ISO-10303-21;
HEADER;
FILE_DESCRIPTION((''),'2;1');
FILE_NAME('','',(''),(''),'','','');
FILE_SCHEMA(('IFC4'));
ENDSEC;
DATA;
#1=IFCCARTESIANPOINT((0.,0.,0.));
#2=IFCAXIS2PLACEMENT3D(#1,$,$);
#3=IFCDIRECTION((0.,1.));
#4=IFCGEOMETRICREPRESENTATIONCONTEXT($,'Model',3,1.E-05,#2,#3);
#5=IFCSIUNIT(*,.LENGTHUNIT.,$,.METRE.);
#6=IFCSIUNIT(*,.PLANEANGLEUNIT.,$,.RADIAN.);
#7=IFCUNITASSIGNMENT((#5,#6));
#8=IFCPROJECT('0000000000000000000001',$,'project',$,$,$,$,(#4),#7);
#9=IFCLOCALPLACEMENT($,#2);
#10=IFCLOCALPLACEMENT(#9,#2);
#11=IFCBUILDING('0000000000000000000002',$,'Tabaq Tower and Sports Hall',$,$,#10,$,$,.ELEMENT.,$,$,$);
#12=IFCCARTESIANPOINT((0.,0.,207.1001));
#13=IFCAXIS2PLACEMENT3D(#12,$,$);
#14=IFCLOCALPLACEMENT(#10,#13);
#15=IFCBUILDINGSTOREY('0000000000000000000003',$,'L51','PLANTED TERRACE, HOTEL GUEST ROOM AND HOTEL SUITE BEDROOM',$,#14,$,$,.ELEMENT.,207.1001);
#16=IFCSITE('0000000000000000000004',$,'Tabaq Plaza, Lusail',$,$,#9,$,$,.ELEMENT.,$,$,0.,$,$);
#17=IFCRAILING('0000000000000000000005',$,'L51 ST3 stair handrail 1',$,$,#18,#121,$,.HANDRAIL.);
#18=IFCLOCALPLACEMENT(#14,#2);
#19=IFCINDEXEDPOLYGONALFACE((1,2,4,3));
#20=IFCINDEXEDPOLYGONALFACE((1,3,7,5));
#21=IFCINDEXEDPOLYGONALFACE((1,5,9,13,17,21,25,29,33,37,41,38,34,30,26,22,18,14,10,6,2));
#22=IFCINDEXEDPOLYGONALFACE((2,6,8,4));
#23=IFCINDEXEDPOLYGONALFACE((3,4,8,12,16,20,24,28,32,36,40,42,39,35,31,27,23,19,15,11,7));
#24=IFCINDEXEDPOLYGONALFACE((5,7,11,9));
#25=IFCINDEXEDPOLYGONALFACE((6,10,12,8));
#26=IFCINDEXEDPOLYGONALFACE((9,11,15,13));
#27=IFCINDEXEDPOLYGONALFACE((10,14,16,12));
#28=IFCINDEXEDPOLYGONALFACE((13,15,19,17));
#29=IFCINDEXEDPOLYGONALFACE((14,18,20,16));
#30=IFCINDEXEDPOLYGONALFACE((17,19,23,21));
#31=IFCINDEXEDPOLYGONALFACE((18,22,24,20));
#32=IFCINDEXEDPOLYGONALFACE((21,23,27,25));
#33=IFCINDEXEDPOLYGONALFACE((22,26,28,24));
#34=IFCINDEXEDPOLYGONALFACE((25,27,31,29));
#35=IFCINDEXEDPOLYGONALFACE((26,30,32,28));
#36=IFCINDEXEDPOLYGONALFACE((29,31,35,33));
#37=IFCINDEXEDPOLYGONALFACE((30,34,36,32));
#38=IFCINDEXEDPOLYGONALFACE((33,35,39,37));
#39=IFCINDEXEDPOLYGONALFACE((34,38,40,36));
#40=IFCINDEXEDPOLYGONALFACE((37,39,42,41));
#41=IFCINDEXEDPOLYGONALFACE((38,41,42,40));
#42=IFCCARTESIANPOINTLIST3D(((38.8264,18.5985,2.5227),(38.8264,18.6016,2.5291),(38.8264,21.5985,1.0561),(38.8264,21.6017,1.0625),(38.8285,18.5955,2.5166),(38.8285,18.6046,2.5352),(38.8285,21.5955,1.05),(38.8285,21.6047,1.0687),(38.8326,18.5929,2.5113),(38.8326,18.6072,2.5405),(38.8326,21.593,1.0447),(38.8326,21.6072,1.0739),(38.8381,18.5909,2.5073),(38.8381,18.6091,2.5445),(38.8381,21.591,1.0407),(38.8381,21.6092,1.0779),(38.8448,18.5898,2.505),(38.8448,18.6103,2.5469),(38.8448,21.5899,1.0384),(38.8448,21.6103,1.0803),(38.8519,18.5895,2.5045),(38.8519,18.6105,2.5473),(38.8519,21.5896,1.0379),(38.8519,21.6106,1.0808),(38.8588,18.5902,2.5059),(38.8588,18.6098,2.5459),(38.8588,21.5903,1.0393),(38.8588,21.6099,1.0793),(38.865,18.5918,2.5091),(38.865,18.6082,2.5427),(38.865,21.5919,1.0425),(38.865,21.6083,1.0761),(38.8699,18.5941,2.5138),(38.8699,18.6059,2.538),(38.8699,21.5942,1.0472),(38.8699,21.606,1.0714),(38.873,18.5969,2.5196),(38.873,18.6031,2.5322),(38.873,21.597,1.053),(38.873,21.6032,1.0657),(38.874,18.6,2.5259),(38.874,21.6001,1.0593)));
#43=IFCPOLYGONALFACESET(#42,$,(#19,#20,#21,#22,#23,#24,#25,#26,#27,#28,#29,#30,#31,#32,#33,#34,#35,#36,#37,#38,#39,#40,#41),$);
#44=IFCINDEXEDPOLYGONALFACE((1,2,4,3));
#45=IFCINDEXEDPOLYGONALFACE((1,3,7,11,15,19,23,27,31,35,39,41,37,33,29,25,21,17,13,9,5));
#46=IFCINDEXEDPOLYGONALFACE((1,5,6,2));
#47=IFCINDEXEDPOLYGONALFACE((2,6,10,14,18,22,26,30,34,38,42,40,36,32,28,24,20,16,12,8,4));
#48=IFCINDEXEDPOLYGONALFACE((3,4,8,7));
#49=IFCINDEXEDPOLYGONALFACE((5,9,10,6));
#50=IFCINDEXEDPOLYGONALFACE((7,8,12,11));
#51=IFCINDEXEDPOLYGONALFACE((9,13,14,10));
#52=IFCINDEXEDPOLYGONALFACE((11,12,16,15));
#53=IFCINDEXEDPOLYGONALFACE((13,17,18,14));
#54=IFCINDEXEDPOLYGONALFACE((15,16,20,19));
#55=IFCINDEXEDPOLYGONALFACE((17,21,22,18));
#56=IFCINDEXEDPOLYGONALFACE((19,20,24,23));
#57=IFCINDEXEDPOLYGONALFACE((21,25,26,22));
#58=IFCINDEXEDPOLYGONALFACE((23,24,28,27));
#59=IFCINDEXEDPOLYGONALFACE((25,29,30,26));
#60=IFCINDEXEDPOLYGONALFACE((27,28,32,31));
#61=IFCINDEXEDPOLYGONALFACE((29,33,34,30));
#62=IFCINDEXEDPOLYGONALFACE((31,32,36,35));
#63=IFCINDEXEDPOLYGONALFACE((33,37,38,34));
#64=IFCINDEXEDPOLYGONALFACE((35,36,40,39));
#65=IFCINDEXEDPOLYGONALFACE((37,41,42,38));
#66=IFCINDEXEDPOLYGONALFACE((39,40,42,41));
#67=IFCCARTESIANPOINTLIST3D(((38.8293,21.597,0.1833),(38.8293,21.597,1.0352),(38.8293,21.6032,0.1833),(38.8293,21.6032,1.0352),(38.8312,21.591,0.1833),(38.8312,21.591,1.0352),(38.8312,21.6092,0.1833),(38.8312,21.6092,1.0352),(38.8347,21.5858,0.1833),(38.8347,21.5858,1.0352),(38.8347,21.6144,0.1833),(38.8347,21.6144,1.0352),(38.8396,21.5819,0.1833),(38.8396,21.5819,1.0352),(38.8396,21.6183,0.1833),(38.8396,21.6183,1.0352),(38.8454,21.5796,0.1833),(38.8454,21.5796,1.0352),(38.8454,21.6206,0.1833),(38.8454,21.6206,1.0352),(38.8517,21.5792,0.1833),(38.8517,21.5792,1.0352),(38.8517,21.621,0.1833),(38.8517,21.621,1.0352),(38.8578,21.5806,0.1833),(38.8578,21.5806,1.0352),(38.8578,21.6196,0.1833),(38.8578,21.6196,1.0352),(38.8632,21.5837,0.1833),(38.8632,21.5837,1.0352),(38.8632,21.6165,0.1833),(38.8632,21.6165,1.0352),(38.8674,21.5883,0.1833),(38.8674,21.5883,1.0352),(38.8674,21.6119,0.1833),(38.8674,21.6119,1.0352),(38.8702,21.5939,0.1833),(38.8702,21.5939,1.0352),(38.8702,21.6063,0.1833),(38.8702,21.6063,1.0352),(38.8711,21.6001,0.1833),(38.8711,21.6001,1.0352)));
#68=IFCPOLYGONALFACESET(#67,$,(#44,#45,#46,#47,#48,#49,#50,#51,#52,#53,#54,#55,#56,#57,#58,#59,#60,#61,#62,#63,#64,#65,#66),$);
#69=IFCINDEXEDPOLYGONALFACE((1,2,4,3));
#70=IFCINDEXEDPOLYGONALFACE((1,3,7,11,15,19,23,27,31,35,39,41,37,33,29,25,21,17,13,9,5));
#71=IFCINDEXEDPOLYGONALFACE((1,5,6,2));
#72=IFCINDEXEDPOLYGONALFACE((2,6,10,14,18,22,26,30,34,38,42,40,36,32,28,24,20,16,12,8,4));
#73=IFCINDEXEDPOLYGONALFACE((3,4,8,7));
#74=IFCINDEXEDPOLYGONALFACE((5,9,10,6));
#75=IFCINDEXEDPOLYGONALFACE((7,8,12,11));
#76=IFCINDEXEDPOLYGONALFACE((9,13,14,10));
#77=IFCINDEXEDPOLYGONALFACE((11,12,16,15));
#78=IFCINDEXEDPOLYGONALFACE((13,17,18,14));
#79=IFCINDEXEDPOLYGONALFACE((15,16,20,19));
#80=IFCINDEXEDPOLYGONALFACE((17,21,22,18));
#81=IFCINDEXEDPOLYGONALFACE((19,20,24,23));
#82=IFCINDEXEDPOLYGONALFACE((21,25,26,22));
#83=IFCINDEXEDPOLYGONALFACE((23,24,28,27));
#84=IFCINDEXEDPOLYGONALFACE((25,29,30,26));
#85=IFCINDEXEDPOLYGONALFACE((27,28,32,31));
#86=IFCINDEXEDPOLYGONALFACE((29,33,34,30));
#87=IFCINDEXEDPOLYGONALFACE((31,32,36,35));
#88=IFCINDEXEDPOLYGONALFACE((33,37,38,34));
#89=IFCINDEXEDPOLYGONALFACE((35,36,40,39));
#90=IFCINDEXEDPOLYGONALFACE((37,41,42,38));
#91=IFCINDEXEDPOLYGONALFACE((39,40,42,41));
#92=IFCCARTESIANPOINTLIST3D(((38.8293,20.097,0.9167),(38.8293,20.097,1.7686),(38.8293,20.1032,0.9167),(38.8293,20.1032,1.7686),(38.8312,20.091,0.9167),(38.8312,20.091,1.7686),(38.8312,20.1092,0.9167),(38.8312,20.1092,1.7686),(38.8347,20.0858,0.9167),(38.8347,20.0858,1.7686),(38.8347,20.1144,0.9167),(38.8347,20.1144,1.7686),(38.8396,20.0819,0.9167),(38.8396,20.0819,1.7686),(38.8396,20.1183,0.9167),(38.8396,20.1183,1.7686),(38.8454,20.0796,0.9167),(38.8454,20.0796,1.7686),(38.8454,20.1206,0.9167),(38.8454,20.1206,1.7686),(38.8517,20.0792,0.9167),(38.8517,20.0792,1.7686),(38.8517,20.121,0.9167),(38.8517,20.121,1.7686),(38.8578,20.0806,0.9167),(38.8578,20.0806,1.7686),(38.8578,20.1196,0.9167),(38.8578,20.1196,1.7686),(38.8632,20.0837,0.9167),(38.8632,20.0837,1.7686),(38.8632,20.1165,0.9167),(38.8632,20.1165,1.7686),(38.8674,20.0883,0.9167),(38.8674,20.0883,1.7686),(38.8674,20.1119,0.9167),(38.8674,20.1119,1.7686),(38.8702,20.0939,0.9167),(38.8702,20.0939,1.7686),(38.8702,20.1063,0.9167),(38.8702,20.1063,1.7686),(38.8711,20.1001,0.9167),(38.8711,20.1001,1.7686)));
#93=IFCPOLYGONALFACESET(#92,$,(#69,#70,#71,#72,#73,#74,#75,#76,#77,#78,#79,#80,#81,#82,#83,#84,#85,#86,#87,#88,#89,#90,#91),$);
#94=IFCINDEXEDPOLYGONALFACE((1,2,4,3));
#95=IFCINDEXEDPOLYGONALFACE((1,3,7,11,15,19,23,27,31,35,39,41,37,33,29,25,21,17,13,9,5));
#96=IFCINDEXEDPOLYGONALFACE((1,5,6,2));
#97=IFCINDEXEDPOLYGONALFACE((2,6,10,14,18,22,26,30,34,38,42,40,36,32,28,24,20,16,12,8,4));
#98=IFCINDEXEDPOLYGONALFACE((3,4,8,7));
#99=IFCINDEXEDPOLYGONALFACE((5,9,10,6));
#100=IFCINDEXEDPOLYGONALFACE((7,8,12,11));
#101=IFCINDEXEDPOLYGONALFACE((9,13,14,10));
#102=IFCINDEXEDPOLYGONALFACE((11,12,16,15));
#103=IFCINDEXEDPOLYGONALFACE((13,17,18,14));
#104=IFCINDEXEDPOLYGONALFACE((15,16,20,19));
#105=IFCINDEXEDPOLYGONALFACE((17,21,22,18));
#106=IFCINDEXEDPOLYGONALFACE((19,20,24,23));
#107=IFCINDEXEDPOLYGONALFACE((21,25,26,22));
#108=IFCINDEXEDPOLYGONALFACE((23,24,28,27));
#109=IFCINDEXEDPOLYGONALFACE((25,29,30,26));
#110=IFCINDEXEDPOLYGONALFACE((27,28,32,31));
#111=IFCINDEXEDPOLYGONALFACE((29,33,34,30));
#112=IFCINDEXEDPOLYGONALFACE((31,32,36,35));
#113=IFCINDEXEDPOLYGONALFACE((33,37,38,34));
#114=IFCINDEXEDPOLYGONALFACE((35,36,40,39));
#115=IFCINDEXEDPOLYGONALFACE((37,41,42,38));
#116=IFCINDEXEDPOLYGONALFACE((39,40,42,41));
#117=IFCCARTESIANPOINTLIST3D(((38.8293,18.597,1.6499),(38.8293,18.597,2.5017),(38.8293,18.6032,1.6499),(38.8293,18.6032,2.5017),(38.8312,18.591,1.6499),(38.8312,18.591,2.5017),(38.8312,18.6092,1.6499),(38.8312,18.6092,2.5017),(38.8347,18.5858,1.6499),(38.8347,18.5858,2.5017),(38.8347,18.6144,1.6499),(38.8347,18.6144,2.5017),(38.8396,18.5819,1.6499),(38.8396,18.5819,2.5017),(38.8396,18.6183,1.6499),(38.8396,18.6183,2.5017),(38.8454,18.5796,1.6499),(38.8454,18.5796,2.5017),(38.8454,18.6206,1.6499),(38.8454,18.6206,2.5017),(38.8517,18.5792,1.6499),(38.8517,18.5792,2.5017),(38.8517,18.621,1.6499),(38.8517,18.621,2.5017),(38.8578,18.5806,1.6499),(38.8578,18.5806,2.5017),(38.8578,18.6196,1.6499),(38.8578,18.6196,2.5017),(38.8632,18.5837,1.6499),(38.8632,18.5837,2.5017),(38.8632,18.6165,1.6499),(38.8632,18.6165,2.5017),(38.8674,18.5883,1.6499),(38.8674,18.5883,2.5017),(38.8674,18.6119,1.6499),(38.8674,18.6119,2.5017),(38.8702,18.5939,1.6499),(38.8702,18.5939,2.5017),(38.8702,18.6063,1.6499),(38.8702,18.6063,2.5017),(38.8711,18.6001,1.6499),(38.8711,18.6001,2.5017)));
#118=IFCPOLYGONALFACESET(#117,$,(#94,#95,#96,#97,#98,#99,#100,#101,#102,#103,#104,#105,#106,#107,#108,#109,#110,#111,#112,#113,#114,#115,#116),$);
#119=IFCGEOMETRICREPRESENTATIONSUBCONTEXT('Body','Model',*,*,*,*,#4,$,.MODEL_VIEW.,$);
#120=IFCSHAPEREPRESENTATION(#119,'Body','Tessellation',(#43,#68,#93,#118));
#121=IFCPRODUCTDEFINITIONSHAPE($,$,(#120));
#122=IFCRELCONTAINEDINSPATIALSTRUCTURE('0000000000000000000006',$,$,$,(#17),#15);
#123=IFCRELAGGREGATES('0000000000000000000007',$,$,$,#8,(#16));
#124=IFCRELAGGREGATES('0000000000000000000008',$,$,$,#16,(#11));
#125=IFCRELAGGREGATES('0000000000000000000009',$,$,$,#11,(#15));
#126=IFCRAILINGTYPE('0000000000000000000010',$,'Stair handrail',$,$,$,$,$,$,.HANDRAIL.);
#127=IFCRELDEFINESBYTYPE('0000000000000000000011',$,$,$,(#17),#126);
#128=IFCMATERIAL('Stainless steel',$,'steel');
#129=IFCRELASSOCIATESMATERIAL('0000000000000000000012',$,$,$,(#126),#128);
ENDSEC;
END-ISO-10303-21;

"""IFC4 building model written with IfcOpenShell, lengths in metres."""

from ifc_helpers import new_model, si_unit, direction, frame, origin, origin_2d, place, context, subcontext, project, spatial, circle, extrude, material, type_object, element, save


model = new_model("IFC4")

# Units and contexts
model_context = context("Model", 3, precision=1e-05, world=origin(), true_north=direction((0.0, 1.0)))
body_context = subcontext(model_context, "Body", "Model", "MODEL_VIEW")
ifc_project = project(units=[si_unit("LENGTHUNIT", "METRE"), si_unit("PLANEANGLEUNIT", "RADIAN")], contexts=[model_context])

# Site, building, storey
site_placement = place(None, origin())
site = spatial("IfcSite", under=ifc_project, at=site_placement, Name="Tabaq Plaza, Lusail", CompositionType="ELEMENT", RefElevation=0.0)
building_placement = place(site_placement, origin())
building = spatial("IfcBuilding", under=site, at=building_placement, Name="Tabaq Tower and Sports Hall", CompositionType="ELEMENT")
storey_placement = place(building_placement, frame((0.0, 0.0, 207.1001)))
storey = spatial("IfcBuildingStorey", under=building, at=storey_placement, Name="L51", Description="PLANTED TERRACE, HOTEL GUEST ROOM AND HOTEL SUITE BEDROOM", CompositionType="ELEMENT", Elevation=207.1001)

# Railing
ifc_material_1 = material(Name="Stainless steel", Category="steel")
railing_type_1 = type_object("IfcRailingType", Name="Stair handrail", PredefinedType="HANDRAIL", material=ifc_material_1)
railing_1_placement = place(storey_placement, frame((38.8501, 21.6001, 0.1833)))
element("IfcRailing", 1, at=railing_1_placement, inside=storey, type_object=railing_type_1, Name="L51 ST3 stair handrail 1", PredefinedType="HANDRAIL", context=body_context, shape_type="SweptSolid", body=[
    extrude(circle(Radius=0.0239, at=origin_2d()), frame((0.0, 0.0, 0.876), z_axis=(0.0, -0.898398, 0.439183), x_axis=(1.0, 0.0, 0.0)), (0.0, 0.0, 1.0), 3.3394),
    extrude(circle(Radius=0.021, at=origin_2d()), origin(), (0.0, 0.0, 1.0), 0.8518),
    extrude(circle(Radius=0.021, at=origin_2d()), frame((0.0, -1.5, 0.7334)), (0.0, 0.0, 1.0), 0.8518),
    extrude(circle(Radius=0.021, at=origin_2d()), frame((0.0, -3.0, 1.4666)), (0.0, 0.0, 1.0), 0.8518),
])

save(model, "model.ifc")
